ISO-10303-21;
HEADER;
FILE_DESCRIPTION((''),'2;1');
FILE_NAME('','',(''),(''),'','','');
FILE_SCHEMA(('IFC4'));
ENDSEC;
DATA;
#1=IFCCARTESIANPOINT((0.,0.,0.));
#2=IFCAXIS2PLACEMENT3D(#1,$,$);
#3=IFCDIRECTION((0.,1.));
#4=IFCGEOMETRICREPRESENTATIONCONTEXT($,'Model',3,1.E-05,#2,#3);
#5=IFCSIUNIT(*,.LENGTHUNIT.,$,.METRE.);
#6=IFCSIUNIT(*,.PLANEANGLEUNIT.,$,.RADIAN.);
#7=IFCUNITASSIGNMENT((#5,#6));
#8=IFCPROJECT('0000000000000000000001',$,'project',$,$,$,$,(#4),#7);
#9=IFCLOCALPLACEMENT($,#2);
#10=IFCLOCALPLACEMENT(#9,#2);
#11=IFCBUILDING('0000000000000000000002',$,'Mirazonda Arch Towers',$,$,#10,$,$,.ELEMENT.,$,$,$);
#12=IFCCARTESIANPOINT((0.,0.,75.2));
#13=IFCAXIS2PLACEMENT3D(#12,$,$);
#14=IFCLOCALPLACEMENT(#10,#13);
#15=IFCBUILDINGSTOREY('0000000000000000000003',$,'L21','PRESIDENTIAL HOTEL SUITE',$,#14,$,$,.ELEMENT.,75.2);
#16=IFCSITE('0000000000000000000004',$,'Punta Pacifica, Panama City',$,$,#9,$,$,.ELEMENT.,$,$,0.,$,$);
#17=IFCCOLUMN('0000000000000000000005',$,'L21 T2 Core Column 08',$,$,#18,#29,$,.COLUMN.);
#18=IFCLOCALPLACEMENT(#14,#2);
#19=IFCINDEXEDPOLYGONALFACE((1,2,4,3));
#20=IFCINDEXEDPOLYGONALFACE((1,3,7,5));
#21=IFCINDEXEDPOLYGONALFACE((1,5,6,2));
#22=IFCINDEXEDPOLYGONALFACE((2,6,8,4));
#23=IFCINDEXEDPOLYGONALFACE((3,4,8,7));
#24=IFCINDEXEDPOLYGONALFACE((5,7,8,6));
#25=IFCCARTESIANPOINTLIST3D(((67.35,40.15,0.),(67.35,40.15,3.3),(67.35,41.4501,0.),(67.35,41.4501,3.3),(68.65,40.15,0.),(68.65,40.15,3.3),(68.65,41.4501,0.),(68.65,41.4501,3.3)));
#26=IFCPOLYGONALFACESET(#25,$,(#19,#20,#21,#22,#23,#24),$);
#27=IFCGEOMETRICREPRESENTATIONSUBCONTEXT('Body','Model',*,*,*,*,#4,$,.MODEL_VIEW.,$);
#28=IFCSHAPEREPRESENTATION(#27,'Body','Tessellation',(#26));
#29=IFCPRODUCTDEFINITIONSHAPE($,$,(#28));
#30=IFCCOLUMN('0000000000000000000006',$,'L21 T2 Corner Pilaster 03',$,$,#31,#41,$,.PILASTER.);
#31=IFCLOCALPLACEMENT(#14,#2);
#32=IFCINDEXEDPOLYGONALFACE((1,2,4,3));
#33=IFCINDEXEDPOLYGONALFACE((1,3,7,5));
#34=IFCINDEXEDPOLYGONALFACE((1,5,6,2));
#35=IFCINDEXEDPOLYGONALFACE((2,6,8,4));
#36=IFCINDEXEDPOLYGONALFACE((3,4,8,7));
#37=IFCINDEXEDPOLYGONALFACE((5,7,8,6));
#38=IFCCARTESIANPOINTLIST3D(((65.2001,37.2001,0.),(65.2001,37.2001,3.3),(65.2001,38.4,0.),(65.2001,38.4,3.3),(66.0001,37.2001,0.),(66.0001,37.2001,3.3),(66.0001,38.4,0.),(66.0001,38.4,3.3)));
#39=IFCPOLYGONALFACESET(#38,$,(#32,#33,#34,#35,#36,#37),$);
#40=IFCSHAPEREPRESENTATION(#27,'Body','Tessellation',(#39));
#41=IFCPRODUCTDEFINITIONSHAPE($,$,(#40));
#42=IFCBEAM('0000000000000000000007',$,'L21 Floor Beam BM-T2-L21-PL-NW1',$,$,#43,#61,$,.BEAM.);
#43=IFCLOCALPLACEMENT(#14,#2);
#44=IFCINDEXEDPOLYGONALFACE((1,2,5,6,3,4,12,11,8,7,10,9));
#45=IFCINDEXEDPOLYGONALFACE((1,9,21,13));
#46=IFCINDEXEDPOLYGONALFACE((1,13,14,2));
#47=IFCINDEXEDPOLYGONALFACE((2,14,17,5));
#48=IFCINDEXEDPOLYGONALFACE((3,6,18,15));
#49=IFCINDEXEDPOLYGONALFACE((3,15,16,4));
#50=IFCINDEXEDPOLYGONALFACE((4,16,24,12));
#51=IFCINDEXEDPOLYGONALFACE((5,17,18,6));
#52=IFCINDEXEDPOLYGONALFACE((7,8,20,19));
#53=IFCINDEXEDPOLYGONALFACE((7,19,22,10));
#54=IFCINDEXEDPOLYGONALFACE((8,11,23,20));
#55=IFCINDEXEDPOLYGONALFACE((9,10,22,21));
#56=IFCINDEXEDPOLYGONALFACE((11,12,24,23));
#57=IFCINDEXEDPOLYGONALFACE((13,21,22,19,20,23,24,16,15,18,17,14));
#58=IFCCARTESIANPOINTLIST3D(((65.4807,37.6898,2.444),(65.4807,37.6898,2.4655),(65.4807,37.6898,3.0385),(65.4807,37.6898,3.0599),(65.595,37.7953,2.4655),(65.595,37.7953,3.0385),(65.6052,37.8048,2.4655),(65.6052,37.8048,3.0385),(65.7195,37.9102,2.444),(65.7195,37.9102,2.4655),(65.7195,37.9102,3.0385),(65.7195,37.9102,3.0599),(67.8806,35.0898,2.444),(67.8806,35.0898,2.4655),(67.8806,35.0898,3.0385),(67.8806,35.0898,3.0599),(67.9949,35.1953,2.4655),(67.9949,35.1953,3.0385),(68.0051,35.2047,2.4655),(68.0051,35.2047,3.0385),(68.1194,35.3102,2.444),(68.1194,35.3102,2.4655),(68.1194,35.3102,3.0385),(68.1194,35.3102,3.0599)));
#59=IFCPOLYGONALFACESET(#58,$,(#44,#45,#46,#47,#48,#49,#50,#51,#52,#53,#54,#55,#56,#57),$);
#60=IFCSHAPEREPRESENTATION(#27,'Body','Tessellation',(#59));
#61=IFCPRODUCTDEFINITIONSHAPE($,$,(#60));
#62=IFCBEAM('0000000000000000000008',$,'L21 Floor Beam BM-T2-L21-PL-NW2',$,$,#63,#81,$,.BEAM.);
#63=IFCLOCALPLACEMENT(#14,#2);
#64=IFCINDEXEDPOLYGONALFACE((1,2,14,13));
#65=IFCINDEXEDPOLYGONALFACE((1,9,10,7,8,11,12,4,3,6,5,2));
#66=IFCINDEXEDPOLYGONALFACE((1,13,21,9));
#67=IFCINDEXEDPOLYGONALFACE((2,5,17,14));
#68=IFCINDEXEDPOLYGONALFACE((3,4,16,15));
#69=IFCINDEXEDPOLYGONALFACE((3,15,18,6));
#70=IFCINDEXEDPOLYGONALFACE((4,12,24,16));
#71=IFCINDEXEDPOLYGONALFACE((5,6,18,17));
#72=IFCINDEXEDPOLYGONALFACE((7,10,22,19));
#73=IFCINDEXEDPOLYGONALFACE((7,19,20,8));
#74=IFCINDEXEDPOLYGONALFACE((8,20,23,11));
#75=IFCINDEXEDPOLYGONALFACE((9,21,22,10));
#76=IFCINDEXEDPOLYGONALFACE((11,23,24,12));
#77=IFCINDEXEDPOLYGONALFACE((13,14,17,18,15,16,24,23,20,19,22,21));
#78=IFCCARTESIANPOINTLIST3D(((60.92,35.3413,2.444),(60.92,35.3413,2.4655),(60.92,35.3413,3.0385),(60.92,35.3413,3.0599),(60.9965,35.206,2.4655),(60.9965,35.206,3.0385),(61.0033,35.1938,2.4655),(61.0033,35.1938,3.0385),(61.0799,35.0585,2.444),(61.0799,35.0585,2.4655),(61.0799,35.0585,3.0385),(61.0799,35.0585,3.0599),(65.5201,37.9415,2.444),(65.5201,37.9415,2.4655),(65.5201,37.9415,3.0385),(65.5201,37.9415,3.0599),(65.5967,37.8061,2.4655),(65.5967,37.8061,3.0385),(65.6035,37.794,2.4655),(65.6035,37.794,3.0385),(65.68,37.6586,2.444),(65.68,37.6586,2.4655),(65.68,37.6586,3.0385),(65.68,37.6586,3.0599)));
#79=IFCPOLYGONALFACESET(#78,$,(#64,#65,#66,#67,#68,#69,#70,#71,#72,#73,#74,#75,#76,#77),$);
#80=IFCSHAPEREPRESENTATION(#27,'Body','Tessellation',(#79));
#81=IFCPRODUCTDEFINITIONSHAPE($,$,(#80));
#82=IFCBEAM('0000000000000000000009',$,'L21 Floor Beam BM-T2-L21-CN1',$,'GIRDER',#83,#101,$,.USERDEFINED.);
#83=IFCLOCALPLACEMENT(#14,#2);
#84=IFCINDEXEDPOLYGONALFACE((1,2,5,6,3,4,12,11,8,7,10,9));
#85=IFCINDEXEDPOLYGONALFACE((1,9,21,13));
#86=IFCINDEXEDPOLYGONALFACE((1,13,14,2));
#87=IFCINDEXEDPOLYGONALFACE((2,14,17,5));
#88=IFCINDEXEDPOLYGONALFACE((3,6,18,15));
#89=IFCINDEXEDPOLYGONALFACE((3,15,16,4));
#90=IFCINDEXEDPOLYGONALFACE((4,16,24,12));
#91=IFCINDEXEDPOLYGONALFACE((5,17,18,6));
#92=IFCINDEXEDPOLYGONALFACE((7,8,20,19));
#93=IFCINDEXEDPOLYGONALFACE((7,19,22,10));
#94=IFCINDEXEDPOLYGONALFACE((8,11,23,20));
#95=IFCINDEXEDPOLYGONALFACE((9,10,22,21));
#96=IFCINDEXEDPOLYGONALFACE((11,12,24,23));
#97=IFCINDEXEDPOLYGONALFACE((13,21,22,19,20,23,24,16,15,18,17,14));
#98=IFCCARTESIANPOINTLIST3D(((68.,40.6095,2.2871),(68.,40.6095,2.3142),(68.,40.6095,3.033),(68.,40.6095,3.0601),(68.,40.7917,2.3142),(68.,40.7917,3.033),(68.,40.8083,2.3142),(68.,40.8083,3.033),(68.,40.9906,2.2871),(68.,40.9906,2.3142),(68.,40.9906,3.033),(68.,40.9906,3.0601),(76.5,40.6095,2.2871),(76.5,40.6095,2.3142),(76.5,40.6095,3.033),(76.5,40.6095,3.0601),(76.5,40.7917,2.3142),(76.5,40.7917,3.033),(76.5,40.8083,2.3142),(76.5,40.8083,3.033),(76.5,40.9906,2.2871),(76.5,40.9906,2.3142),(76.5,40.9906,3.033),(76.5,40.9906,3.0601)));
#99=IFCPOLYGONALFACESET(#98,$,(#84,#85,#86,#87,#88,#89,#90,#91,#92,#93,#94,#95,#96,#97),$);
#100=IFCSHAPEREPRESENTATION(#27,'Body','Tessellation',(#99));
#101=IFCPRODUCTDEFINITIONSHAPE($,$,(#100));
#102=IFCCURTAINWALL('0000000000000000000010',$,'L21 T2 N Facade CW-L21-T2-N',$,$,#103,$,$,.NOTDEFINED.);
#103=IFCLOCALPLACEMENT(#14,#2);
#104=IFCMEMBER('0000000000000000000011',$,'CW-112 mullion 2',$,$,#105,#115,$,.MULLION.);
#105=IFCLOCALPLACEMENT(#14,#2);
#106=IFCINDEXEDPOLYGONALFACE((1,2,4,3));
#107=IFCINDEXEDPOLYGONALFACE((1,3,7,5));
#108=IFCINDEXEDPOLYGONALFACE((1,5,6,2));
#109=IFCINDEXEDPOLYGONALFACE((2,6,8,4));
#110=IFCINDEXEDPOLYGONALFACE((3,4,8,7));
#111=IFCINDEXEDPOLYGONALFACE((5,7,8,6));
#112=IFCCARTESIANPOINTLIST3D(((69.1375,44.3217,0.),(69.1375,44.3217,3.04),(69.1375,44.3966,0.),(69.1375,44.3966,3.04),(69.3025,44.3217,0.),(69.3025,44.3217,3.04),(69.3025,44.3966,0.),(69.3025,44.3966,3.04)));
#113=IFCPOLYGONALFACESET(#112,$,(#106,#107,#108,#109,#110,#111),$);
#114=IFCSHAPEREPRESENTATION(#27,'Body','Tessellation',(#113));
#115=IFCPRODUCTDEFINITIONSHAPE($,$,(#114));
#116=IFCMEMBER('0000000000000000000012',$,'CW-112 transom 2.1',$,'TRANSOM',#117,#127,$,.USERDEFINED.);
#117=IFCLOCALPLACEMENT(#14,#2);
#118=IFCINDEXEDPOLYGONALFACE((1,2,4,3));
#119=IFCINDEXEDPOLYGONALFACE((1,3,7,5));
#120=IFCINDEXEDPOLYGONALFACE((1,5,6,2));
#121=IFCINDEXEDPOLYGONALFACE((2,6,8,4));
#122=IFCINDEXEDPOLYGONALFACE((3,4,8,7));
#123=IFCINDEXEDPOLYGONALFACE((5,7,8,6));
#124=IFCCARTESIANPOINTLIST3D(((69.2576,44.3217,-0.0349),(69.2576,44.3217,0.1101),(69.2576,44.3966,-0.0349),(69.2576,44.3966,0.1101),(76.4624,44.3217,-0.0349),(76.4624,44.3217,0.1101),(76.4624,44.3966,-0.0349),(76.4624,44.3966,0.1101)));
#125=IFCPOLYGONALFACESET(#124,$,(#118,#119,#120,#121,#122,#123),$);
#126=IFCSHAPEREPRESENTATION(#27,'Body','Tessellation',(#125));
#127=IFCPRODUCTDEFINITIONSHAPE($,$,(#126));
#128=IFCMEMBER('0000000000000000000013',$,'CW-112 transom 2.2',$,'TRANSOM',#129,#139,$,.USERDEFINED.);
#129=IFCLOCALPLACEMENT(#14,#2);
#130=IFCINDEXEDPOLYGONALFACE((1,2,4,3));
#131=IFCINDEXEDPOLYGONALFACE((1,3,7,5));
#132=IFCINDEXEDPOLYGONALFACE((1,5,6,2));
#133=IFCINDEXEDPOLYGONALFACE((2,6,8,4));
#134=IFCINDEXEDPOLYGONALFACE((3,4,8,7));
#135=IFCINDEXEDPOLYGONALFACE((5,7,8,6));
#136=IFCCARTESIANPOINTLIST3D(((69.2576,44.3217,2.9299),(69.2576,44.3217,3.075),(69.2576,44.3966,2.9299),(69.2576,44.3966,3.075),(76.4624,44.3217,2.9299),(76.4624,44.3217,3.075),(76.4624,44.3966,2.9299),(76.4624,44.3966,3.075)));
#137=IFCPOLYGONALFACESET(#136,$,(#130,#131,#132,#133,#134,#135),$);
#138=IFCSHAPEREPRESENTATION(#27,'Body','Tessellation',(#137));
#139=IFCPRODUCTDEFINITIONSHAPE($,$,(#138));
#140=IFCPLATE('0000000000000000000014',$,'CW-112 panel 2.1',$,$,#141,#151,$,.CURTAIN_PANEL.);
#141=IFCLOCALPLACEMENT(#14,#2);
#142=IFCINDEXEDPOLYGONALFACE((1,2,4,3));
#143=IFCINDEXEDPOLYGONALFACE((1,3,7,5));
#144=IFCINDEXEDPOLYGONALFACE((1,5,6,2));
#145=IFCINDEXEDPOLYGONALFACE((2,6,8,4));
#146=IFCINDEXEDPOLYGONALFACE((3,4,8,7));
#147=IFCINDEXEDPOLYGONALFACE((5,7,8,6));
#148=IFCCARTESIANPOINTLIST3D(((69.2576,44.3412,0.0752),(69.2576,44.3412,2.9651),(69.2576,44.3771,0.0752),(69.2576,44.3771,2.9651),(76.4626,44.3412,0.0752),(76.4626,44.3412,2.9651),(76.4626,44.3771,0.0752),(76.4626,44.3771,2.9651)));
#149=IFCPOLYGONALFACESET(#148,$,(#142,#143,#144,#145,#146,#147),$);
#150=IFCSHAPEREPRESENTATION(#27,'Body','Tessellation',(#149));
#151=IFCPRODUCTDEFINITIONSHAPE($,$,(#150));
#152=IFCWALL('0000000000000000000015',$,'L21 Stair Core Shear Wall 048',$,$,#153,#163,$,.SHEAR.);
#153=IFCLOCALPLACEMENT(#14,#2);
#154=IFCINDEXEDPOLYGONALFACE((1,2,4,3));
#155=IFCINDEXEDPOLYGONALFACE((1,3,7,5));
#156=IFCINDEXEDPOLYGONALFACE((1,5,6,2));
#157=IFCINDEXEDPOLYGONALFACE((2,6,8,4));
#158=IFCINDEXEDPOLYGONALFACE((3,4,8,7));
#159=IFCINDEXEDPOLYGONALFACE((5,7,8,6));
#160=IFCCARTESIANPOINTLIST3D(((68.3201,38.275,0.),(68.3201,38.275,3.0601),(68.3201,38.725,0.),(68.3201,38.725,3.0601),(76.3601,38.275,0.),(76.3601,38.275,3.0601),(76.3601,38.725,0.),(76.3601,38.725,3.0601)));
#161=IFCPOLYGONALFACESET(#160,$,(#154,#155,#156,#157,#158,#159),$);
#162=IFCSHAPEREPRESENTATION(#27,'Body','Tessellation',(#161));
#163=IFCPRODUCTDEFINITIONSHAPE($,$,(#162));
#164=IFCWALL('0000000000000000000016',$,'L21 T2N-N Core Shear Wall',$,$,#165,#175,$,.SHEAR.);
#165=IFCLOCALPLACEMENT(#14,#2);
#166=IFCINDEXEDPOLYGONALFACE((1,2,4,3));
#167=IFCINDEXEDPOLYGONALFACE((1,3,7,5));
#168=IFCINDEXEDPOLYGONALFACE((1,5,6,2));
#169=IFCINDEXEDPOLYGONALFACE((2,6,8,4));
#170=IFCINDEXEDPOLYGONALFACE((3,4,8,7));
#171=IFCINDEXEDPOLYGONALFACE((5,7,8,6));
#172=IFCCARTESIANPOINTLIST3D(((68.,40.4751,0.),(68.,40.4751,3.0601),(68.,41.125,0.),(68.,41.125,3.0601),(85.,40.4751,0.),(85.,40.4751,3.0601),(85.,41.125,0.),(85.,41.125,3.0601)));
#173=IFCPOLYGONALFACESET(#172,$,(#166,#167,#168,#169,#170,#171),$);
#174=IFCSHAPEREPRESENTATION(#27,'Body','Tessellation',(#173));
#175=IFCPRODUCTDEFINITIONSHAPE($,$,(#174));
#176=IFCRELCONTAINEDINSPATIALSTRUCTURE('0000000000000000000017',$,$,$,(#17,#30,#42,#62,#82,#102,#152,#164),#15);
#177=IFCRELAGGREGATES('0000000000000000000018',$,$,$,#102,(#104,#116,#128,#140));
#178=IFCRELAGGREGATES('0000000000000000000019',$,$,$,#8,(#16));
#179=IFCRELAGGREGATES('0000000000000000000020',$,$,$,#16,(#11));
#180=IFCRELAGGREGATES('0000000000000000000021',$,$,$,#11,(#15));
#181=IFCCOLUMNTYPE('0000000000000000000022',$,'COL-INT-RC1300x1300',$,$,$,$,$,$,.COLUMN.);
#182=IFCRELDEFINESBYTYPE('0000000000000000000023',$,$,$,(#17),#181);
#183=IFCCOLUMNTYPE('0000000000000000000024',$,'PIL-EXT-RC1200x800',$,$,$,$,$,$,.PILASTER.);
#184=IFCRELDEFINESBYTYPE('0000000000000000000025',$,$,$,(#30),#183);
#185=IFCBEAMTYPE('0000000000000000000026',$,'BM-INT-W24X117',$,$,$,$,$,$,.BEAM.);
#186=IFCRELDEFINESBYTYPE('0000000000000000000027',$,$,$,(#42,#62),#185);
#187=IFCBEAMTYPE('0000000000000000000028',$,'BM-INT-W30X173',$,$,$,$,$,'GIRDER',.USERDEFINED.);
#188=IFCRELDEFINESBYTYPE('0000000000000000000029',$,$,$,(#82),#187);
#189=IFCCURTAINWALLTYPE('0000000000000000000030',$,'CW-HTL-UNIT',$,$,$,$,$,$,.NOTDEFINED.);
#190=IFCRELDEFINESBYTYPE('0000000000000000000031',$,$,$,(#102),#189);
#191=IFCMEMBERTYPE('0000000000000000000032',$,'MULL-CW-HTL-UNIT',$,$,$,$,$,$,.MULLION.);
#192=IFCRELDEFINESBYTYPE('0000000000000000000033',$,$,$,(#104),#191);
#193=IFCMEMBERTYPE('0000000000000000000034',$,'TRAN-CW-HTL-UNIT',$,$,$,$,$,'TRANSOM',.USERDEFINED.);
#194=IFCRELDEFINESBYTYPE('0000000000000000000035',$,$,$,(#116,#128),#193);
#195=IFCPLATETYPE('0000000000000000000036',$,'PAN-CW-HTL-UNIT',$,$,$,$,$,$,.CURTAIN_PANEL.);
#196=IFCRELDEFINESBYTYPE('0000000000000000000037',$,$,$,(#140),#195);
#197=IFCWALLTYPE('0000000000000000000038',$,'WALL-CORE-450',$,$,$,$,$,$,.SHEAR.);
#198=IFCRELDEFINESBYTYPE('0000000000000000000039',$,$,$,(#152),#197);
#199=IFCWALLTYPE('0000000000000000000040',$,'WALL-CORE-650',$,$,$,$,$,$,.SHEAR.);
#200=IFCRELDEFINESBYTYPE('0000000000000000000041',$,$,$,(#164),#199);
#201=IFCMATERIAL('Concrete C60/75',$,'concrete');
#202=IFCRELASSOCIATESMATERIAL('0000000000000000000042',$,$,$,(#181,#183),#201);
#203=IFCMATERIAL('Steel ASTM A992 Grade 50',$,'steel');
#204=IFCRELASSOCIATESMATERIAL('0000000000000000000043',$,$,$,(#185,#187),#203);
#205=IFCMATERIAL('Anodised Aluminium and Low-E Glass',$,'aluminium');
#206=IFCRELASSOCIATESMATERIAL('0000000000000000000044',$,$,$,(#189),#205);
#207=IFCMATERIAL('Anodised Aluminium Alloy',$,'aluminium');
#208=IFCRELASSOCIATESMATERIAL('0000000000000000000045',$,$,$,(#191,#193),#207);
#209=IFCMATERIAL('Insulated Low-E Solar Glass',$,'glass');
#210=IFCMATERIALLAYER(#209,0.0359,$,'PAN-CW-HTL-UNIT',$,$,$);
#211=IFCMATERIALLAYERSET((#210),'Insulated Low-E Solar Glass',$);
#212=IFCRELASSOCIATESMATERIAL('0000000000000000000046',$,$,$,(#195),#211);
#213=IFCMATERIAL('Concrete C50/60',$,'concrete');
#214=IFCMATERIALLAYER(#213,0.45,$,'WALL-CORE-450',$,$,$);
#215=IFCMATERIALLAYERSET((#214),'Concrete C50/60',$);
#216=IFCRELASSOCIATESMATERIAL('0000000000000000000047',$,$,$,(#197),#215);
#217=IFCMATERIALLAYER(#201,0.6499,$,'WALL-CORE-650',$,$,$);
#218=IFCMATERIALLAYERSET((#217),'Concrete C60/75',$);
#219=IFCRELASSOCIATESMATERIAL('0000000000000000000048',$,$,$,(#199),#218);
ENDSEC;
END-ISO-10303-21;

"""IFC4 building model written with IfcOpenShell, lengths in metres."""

from ifc_helpers import new_model, si_unit, direction, frame, frame_2d, origin, origin_2d, place, context, subcontext, project, spatial, rectangle, i_section, extrude, material, layer, layer_set, material_profile, profile_set, type_object, element, aggregate, save


model = new_model("IFC4")

# Units and contexts
model_context = context("Model", 3, precision=1e-05, world=origin(), true_north=direction((0.0, 1.0)))
body_context = subcontext(model_context, "Body", "Model", "MODEL_VIEW")
ifc_project = project(units=[si_unit("LENGTHUNIT", "METRE"), si_unit("PLANEANGLEUNIT", "RADIAN")], contexts=[model_context])

# Site, building, storey
site_placement = place(None, origin())
site = spatial("IfcSite", under=ifc_project, at=site_placement, Name="Punta Pacifica, Panama City", CompositionType="ELEMENT", RefElevation=0.0)
building_placement = place(site_placement, origin())
building = spatial("IfcBuilding", under=site, at=building_placement, Name="Mirazonda Arch Towers", CompositionType="ELEMENT")
storey_placement = place(building_placement, frame((0.0, 0.0, 75.2)))
storey = spatial("IfcBuildingStorey", under=building, at=storey_placement, Name="L21", Description="PRESIDENTIAL HOTEL SUITE", CompositionType="ELEMENT", Elevation=75.2)

# Columns
ifc_material_1 = material(Name="Concrete C60/75", Category="concrete")
ifc_material_profile_1 = material_profile(ifc_material_1, rectangle(XDim=1.3, YDim=1.3, at=origin_2d()), Name="RC1300x1300")
ifc_profile_set_1 = profile_set([ifc_material_profile_1], Name="Concrete C60/75")
column_type_1 = type_object("IfcColumnType", Name="COL-INT-RC1300x1300", PredefinedType="COLUMN", material=ifc_profile_set_1)
column_1_placement = place(storey_placement, frame((68.0, 40.8, 0.0), z_axis=(0.0, 0.0, 1.0), x_axis=(1.0, 0.0, 0.0)))
element("IfcColumn", 1, at=column_1_placement, inside=storey, type_object=column_type_1, Name="L21 T2 Core Column 08", PredefinedType="COLUMN", context=body_context, shape_type="SweptSolid", body=[
    extrude(rectangle(XDim=1.3, YDim=1.3, at=origin_2d()), origin(), (0.0, 0.0, 1.0), 3.3),
])
ifc_material_profile_2 = material_profile(ifc_material_1, rectangle(XDim=0.8, YDim=1.2, at=origin_2d()), Name="RC1200x800")
ifc_profile_set_2 = profile_set([ifc_material_profile_2], Name="Concrete C60/75")
column_type_2 = type_object("IfcColumnType", Name="PIL-EXT-RC1200x800", PredefinedType="PILASTER", material=ifc_profile_set_2)
column_2_placement = place(storey_placement, frame((65.6001, 37.8, 0.0), z_axis=(0.0, 0.0, 1.0), x_axis=(1.0, 0.0, 0.0)))
element("IfcColumn", 2, at=column_2_placement, inside=storey, type_object=column_type_2, Name="L21 T2 Corner Pilaster 03", PredefinedType="PILASTER", context=body_context, shape_type="SweptSolid", body=[
    extrude(rectangle(XDim=0.8, YDim=1.2, at=origin_2d()), origin(), (0.0, 0.0, 1.0), 3.3),
])

# Beams
ifc_material_2 = material(Name="Steel ASTM A992 Grade 50", Category="steel")
ifc_material_profile_3 = material_profile(ifc_material_2, i_section(OverallWidth=0.325, OverallDepth=0.616, WebThickness=0.0139, FlangeThickness=0.0215, at=origin_2d()), Name="W24X117")
ifc_profile_set_3 = profile_set([ifc_material_profile_3], Name="Steel ASTM A992 Grade 50")
beam_type_1 = type_object("IfcBeamType", Name="BM-INT-W24X117", PredefinedType="BEAM", material=ifc_profile_set_3)
beam_1_placement = place(storey_placement, frame((65.6001, 37.8, 2.752), z_axis=(0.678251, -0.73483, 0.0), x_axis=(0.73483, 0.678251, 0.0)))
element("IfcBeam", 3, at=beam_1_placement, inside=storey, type_object=beam_type_1, Name="L21 Floor Beam BM-T2-L21-PL-NW1", PredefinedType="BEAM", context=body_context, shape_type="SweptSolid", body=[
    extrude(i_section(OverallWidth=0.325, OverallDepth=0.616, WebThickness=0.0139, FlangeThickness=0.0215, at=origin_2d()), origin(), (0.0, 0.0, 1.0), 3.5383),
])
beam_2_placement = place(storey_placement, frame((65.6001, 37.8, 2.752), z_axis=(-0.870559, -0.492063, 0.0), x_axis=(0.492063, -0.870559, 0.0)))
element("IfcBeam", 4, at=beam_2_placement, inside=storey, type_object=beam_type_1, Name="L21 Floor Beam BM-T2-L21-PL-NW2", PredefinedType="BEAM", context=body_context, shape_type="SweptSolid", body=[
    extrude(i_section(OverallWidth=0.325, OverallDepth=0.616, WebThickness=0.0139, FlangeThickness=0.0215, at=origin_2d()), origin(), (0.0, 0.0, 1.0), 5.2842),
])
ifc_material_profile_4 = material_profile(ifc_material_2, i_section(OverallWidth=0.3811, OverallDepth=0.7729, WebThickness=0.0166, FlangeThickness=0.0271, at=origin_2d()), Name="W30X173")
ifc_profile_set_4 = profile_set([ifc_material_profile_4], Name="Steel ASTM A992 Grade 50")
beam_type_2 = type_object("IfcBeamType", Name="BM-INT-W30X173", ElementType="GIRDER", PredefinedType="USERDEFINED", material=ifc_profile_set_4)
beam_3_placement = place(storey_placement, frame((68.0, 40.8, 2.6736), z_axis=(1.0, 0.0, 0.0), x_axis=(0.0, 1.0, 0.0)))
element("IfcBeam", 5, at=beam_3_placement, inside=storey, type_object=beam_type_2, Name="L21 Floor Beam BM-T2-L21-CN1", ObjectType="GIRDER", PredefinedType="USERDEFINED", context=body_context, shape_type="SweptSolid", body=[
    extrude(i_section(OverallWidth=0.3811, OverallDepth=0.7729, WebThickness=0.0166, FlangeThickness=0.0271, at=origin_2d()), origin(), (0.0, 0.0, 1.0), 8.5),
])

# Curtain wall, members, plate
ifc_material_3 = material(Name="Anodised Aluminium and Low-E Glass", Category="aluminium")
curtain_wall_type = type_object("IfcCurtainWallType", Name="CW-HTL-UNIT", PredefinedType="NOTDEFINED", material=ifc_material_3)
curtain_wall_placement = place(storey_placement, origin())
curtain_wall = element("IfcCurtainWall", 6, at=curtain_wall_placement, inside=storey, type_object=curtain_wall_type, Name="L21 T2 N Facade CW-L21-T2-N", PredefinedType="NOTDEFINED")
ifc_material_4 = material(Name="Anodised Aluminium Alloy", Category="aluminium")
ifc_material_profile_5 = material_profile(ifc_material_4, rectangle(XDim=0.075, YDim=0.165, at=origin_2d()), Name="ALU-MULL-75x165")
ifc_profile_set_5 = profile_set([ifc_material_profile_5], Name="Anodised Aluminium Alloy")
member_type_1 = type_object("IfcMemberType", Name="MULL-CW-HTL-UNIT", PredefinedType="MULLION", material=ifc_profile_set_5)
member_1_placement = place(storey_placement, frame((69.22, 44.3591, 0.0), z_axis=(0.0, 0.0, 1.0), x_axis=(0.0, 1.0, 0.0)))
member_1 = element("IfcMember", 7, at=member_1_placement, type_object=member_type_1, Name="CW-112 mullion 2", PredefinedType="MULLION", context=body_context, shape_type="SweptSolid", body=[
    extrude(rectangle(XDim=0.075, YDim=0.165, at=origin_2d()), origin(), (0.0, 0.0, 1.0), 3.04),
])
ifc_material_profile_6 = material_profile(ifc_material_4, rectangle(XDim=0.075, YDim=0.145, at=origin_2d()), Name="ALU-TRAN-75x145")
ifc_profile_set_6 = profile_set([ifc_material_profile_6], Name="Anodised Aluminium Alloy")
member_type_2 = type_object("IfcMemberType", Name="TRAN-CW-HTL-UNIT", ElementType="TRANSOM", PredefinedType="USERDEFINED", material=ifc_profile_set_6)
member_2_placement = place(storey_placement, frame((69.2576, 44.3591, 0.0376), z_axis=(1.0, 0.0, 0.0), x_axis=(0.0, 1.0, 0.0)))
member_2 = element("IfcMember", 8, at=member_2_placement, type_object=member_type_2, Name="CW-112 transom 2.1", ObjectType="TRANSOM", PredefinedType="USERDEFINED", context=body_context, shape_type="SweptSolid", body=[
    extrude(rectangle(XDim=0.075, YDim=0.145, at=origin_2d()), origin(), (0.0, 0.0, 1.0), 7.2048),
])
member_3_placement = place(storey_placement, frame((69.2576, 44.3591, 3.0024), z_axis=(1.0, 0.0, 0.0), x_axis=(0.0, 1.0, 0.0)))
member_3 = element("IfcMember", 9, at=member_3_placement, type_object=member_type_2, Name="CW-112 transom 2.2", ObjectType="TRANSOM", PredefinedType="USERDEFINED", context=body_context, shape_type="SweptSolid", body=[
    extrude(rectangle(XDim=0.075, YDim=0.145, at=origin_2d()), origin(), (0.0, 0.0, 1.0), 7.2048),
])
ifc_material_5 = material(Name="Insulated Low-E Solar Glass", Category="glass")
ifc_layer_1 = layer(ifc_material_5, 0.0359, Name="PAN-CW-HTL-UNIT")
ifc_layer_set_1 = layer_set([ifc_layer_1], Name="Insulated Low-E Solar Glass")
plate_type = type_object("IfcPlateType", Name="PAN-CW-HTL-UNIT", PredefinedType="CURTAIN_PANEL", material=ifc_layer_set_1)
plate_placement = place(storey_placement, frame((72.8601, 44.3591, 0.0752), z_axis=(0.0, 0.0, 1.0), x_axis=(1.0, 0.0, 0.0)))
plate = element("IfcPlate", 10, at=plate_placement, type_object=plate_type, Name="CW-112 panel 2.1", PredefinedType="CURTAIN_PANEL", context=body_context, shape_type="SweptSolid", body=[
    extrude(rectangle(XDim=7.2051, YDim=0.0359, at=origin_2d()), origin(), (0.0, 0.0, 1.0), 2.8899),
])
aggregate(curtain_wall, [member_1, member_2, member_3, plate])

# Walls
ifc_material_6 = material(Name="Concrete C50/60", Category="concrete")
ifc_layer_2 = layer(ifc_material_6, 0.45, Name="WALL-CORE-450")
ifc_layer_set_2 = layer_set([ifc_layer_2], Name="Concrete C50/60")
wall_type_1 = type_object("IfcWallType", Name="WALL-CORE-450", PredefinedType="SHEAR", material=ifc_layer_set_2)
wall_1_placement = place(storey_placement, frame((68.3201, 38.5, 0.0), z_axis=(0.0, 0.0, 1.0), x_axis=(1.0, 0.0, 0.0)))
element("IfcWall", 11, at=wall_1_placement, inside=storey, type_object=wall_type_1, Name="L21 Stair Core Shear Wall 048", PredefinedType="SHEAR", context=body_context, shape_type="SweptSolid", body=[
    extrude(rectangle(XDim=8.04, YDim=0.45, at=frame_2d((4.02, 0.0))), origin(), (0.0, 0.0, 1.0), 3.0601),
])
ifc_layer_3 = layer(ifc_material_1, 0.6499, Name="WALL-CORE-650")
ifc_layer_set_3 = layer_set([ifc_layer_3], Name="Concrete C60/75")
wall_type_2 = type_object("IfcWallType", Name="WALL-CORE-650", PredefinedType="SHEAR", material=ifc_layer_set_3)
wall_2_placement = place(storey_placement, frame((68.0, 40.8, 0.0), z_axis=(0.0, 0.0, 1.0), x_axis=(1.0, 0.0, 0.0)))
element("IfcWall", 12, at=wall_2_placement, inside=storey, type_object=wall_type_2, Name="L21 T2N-N Core Shear Wall", PredefinedType="SHEAR", context=body_context, shape_type="SweptSolid", body=[
    extrude(rectangle(XDim=17.0, YDim=0.6499, at=frame_2d((8.5, 0.0))), origin(), (0.0, 0.0, 1.0), 3.0601),
])

save(model, "model.ifc")
